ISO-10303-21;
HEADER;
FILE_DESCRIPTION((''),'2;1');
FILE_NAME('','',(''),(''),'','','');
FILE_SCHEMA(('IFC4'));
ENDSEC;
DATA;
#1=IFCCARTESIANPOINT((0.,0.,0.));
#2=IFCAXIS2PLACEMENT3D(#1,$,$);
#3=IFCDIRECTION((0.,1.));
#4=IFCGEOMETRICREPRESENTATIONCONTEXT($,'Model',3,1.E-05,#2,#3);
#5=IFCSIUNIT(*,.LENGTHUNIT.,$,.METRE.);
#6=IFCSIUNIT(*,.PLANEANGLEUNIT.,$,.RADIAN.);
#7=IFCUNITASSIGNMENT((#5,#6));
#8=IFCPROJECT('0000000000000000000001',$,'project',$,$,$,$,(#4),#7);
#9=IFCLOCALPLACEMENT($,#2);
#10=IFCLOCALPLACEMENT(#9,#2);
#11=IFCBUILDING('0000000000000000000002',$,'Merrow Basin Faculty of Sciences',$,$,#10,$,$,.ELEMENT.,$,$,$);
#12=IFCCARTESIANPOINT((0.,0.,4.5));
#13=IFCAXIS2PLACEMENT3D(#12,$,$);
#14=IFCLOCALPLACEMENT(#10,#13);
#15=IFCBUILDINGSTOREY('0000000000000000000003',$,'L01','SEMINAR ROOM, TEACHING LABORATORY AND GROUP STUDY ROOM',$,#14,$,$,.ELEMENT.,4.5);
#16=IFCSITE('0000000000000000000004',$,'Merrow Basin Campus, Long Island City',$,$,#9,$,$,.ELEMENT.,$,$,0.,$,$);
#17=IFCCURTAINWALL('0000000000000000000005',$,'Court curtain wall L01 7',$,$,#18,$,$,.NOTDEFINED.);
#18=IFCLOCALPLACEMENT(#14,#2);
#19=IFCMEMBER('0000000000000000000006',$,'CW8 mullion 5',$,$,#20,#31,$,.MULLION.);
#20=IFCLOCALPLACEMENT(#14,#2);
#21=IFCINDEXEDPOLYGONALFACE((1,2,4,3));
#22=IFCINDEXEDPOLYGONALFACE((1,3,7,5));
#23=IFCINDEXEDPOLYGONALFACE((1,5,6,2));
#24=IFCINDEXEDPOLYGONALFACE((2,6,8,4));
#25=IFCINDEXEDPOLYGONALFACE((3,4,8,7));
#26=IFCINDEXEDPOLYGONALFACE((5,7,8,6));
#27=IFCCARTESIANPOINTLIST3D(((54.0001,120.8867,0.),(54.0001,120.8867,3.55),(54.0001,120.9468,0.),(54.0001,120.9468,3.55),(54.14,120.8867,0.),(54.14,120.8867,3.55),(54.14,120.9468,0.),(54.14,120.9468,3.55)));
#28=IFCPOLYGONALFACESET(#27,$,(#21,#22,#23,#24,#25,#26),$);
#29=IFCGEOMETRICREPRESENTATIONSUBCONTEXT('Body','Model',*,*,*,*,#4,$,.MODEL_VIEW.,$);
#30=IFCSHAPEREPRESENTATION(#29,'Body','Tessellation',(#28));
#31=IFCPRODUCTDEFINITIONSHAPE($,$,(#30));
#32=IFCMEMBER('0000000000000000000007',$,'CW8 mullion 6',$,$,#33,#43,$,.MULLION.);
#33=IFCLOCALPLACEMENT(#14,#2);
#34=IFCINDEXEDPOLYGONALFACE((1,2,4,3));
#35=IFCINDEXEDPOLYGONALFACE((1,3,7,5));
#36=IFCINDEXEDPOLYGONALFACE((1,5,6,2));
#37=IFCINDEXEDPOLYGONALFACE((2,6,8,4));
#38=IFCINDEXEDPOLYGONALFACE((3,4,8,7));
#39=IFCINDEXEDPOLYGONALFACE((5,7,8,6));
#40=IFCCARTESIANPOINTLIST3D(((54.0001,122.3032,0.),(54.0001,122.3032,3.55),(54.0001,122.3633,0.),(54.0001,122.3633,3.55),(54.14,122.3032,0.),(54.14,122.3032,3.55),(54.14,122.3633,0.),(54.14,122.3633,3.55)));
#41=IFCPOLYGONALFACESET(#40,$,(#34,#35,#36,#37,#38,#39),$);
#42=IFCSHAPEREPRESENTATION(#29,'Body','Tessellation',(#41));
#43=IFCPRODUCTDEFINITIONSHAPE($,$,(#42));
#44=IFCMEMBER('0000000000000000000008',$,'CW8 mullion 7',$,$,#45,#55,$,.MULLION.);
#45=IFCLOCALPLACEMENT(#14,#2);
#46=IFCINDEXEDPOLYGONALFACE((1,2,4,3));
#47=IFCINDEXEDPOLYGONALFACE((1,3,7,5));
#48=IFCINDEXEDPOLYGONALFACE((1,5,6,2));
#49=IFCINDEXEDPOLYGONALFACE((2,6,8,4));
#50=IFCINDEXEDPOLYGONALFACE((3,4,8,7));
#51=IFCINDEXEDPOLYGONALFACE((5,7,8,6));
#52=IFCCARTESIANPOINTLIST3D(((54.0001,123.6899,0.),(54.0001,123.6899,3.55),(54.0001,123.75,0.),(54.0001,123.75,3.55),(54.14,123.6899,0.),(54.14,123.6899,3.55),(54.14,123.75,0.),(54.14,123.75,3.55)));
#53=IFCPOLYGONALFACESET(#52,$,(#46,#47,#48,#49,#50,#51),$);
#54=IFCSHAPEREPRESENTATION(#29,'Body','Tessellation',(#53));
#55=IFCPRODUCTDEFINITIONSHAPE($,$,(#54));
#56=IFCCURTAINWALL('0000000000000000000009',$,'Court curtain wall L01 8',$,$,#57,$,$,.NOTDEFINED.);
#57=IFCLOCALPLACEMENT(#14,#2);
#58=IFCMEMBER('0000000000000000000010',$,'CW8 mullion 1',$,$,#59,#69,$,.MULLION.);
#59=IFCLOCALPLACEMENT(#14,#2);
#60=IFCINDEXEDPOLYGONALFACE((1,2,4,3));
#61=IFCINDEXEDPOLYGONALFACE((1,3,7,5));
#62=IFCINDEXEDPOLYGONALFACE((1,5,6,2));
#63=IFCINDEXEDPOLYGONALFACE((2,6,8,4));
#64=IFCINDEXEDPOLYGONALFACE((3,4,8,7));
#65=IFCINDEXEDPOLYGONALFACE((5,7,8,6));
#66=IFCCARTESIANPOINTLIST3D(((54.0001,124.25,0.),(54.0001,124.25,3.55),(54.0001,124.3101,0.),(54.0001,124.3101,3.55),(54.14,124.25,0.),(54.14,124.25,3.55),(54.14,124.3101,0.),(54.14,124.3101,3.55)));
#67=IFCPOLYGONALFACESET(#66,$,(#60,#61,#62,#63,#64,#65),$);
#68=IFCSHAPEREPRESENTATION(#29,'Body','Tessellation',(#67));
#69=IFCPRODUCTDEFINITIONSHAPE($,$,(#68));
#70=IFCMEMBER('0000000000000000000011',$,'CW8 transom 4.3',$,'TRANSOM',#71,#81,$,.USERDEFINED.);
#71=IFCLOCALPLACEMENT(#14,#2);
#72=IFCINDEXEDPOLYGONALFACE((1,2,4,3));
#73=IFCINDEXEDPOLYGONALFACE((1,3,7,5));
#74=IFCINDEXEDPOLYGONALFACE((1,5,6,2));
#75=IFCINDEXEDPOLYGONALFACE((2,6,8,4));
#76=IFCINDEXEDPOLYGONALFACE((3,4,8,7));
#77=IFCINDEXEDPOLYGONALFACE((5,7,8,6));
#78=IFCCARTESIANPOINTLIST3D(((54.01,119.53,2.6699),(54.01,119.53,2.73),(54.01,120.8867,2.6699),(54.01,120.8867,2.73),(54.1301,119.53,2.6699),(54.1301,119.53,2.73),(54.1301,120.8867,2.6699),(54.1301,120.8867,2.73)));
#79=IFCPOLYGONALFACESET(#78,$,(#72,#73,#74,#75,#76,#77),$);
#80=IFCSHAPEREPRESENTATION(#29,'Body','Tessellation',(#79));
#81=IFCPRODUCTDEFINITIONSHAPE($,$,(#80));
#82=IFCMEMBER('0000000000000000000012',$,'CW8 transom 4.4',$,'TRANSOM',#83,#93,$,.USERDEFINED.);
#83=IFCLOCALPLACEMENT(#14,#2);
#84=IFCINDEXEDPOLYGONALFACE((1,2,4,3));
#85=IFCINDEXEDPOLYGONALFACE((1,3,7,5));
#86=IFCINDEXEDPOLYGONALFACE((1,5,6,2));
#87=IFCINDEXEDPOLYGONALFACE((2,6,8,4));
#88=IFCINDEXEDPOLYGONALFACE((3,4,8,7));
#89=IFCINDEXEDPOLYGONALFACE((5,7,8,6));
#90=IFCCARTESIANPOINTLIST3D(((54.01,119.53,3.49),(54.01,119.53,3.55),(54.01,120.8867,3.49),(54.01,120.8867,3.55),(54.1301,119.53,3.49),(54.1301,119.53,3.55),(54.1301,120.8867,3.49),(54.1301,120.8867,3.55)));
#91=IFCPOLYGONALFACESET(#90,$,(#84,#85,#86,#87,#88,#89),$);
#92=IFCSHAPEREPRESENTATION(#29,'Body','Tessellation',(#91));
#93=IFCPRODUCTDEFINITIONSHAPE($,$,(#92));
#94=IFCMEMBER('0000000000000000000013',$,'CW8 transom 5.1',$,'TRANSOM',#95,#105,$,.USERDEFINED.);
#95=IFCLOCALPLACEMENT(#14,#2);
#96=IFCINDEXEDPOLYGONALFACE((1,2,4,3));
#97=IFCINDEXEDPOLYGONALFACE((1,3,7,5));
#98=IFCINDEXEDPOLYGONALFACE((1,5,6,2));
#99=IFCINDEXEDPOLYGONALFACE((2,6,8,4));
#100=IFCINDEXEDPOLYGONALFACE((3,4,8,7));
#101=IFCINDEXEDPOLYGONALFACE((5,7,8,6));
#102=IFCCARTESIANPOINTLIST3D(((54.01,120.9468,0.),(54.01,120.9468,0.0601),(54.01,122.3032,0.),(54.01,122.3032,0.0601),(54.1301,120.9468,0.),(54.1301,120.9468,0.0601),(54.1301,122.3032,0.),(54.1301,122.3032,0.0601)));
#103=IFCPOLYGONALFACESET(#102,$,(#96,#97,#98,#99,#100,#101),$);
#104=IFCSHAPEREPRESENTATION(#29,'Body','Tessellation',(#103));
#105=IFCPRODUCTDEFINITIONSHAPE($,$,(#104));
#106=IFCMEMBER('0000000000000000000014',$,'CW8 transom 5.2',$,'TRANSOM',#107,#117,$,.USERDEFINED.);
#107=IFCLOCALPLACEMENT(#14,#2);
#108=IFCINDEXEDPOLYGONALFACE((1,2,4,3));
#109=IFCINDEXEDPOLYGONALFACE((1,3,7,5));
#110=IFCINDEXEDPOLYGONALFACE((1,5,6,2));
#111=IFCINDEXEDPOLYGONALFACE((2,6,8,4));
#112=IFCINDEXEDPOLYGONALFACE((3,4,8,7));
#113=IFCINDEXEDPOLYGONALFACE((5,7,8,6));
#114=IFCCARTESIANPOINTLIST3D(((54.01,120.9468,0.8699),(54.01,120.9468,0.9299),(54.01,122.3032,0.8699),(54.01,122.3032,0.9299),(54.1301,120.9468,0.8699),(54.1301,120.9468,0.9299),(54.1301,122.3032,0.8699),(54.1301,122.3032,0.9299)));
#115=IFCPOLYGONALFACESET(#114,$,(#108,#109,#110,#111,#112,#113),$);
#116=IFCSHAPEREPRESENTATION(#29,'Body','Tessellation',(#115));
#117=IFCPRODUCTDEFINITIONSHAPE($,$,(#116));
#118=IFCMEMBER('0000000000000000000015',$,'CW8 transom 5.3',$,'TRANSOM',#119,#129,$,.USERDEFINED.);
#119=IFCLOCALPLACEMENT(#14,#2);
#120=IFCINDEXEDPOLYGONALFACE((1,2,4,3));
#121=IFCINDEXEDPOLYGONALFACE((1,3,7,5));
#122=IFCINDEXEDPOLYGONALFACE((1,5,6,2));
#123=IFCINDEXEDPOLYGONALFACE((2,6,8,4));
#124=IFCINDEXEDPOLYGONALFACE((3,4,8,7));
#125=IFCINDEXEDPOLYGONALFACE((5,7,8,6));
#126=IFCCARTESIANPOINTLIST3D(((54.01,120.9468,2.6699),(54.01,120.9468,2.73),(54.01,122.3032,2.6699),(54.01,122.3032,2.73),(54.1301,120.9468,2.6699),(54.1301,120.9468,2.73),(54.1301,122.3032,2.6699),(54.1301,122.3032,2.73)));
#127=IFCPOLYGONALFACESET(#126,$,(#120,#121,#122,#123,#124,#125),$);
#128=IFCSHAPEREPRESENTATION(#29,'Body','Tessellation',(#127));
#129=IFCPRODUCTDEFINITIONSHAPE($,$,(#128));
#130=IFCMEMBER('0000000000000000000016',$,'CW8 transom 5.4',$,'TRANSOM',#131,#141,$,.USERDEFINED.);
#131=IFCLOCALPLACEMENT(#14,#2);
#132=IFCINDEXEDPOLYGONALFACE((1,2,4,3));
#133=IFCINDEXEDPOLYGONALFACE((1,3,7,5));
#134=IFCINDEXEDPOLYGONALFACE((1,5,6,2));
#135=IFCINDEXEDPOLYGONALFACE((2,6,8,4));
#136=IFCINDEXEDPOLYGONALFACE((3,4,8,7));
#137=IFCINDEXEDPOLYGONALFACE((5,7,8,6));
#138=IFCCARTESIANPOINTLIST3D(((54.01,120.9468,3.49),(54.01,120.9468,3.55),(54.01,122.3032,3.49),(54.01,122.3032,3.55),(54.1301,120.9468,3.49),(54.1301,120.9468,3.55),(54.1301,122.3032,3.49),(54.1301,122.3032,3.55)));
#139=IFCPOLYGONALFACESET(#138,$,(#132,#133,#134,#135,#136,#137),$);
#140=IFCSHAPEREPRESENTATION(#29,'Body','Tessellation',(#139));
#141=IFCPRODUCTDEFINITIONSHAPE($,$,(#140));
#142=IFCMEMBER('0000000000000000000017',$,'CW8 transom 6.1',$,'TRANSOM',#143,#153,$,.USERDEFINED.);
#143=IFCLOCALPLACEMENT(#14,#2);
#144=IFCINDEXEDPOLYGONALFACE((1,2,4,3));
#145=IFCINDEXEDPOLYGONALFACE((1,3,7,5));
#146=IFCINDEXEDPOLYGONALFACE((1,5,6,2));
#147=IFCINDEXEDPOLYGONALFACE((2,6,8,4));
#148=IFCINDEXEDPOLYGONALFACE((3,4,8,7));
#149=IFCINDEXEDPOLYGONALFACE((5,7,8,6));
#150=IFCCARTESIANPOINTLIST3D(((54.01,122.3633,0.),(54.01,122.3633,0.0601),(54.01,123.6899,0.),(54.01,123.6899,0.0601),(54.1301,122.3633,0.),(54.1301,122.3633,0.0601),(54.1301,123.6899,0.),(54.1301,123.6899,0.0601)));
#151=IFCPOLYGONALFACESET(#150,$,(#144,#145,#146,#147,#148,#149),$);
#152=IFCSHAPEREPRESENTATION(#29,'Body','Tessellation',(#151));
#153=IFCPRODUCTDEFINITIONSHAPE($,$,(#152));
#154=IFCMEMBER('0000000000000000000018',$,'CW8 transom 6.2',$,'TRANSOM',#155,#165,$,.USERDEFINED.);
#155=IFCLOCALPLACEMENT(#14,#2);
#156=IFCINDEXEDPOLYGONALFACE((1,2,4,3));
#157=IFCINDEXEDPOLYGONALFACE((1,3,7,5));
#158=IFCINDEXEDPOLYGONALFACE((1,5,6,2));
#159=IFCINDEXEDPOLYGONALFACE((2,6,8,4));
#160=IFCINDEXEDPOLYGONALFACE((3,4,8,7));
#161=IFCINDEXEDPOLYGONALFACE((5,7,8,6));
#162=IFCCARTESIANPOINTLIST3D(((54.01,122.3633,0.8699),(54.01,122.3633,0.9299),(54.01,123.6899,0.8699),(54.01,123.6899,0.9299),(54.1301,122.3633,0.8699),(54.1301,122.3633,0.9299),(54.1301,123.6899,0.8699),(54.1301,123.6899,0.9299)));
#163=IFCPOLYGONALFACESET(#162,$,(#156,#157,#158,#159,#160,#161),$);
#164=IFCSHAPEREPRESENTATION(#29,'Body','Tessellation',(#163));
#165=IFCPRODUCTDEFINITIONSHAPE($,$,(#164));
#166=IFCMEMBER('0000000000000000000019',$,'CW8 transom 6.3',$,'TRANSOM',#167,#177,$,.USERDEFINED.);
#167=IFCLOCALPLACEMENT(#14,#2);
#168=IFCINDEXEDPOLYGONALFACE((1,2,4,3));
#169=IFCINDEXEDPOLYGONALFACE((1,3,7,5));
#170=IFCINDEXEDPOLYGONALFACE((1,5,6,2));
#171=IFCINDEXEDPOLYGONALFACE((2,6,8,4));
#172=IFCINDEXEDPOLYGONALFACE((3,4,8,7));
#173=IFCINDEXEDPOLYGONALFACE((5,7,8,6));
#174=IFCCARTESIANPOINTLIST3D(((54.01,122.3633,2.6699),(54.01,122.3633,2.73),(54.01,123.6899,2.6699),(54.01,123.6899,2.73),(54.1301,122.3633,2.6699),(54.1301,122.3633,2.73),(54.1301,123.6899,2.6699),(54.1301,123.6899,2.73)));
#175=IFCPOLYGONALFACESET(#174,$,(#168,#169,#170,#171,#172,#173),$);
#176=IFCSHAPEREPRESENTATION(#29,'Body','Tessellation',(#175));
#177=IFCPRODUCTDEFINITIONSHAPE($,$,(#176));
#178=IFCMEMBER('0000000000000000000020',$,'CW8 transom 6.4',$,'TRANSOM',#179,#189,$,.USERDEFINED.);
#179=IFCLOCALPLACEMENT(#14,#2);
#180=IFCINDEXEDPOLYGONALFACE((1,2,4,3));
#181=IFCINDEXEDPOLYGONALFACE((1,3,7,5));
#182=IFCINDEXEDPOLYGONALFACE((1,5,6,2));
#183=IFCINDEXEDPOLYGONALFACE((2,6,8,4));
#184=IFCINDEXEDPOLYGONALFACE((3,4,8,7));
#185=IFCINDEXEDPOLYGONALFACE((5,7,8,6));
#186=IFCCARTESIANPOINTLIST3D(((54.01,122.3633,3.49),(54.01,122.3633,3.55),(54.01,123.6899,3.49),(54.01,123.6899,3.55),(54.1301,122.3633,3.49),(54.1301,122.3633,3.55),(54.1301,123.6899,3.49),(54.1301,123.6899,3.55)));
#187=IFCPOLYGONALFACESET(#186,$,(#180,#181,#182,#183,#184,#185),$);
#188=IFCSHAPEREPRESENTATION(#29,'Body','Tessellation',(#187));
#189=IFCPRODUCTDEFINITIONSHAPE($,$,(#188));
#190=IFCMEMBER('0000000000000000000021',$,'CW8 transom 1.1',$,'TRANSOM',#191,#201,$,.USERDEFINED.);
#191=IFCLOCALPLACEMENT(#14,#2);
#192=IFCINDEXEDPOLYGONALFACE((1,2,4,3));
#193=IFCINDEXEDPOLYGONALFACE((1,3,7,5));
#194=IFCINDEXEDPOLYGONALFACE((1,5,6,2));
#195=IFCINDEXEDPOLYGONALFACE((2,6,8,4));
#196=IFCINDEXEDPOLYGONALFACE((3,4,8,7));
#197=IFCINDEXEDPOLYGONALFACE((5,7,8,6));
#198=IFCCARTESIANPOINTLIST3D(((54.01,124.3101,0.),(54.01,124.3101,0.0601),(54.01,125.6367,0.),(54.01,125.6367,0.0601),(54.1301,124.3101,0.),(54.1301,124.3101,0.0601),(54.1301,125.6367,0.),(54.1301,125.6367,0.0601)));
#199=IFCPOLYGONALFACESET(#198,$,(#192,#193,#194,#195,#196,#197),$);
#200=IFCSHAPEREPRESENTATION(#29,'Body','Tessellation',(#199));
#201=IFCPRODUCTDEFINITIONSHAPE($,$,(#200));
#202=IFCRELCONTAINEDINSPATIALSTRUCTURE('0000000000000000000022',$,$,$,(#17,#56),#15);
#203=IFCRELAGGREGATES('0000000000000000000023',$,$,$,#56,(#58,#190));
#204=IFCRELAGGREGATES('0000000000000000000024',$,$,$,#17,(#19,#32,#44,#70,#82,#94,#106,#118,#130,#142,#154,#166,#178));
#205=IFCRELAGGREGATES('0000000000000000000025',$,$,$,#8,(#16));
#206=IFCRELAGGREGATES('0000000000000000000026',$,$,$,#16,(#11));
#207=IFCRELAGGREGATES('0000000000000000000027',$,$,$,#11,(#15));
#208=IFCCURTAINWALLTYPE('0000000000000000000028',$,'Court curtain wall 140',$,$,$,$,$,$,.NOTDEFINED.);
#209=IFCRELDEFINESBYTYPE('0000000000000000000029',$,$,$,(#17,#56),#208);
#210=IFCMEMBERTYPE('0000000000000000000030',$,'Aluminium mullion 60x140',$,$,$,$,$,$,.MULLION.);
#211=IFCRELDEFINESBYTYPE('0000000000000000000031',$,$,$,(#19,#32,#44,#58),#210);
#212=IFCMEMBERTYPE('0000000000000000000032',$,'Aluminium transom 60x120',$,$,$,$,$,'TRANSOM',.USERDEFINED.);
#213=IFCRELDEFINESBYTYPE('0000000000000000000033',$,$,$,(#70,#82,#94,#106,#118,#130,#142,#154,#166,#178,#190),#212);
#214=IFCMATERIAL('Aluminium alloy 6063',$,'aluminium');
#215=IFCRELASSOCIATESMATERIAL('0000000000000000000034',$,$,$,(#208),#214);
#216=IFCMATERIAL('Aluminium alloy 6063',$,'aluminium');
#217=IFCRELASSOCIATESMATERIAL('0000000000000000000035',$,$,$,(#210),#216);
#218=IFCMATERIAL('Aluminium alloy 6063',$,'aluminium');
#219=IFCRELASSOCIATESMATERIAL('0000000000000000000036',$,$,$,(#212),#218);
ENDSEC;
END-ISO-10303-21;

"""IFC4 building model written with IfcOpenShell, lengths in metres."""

from ifc_helpers import new_model, si_unit, direction, frame, origin, origin_2d, place, context, subcontext, project, spatial, rectangle, extrude, material, material_profile, profile_set, type_object, element, aggregate, save


model = new_model("IFC4")

# Units and contexts
model_context = context("Model", 3, precision=1e-05, world=origin(), true_north=direction((0.0, 1.0)))
body_context = subcontext(model_context, "Body", "Model", "MODEL_VIEW")
ifc_project = project(units=[si_unit("LENGTHUNIT", "METRE"), si_unit("PLANEANGLEUNIT", "RADIAN")], contexts=[model_context])

# Site, building, storey
site_placement = place(None, origin())
site = spatial("IfcSite", under=ifc_project, at=site_placement, Name="Merrow Basin Campus, Long Island City", CompositionType="ELEMENT", RefElevation=0.0)
building_placement = place(site_placement, origin())
building = spatial("IfcBuilding", under=site, at=building_placement, Name="Merrow Basin Faculty of Sciences", CompositionType="ELEMENT")
storey_placement = place(building_placement, frame((0.0, 0.0, 4.5)))
storey = spatial("IfcBuildingStorey", under=building, at=storey_placement, Name="L01", Description="SEMINAR ROOM, TEACHING LABORATORY AND GROUP STUDY ROOM", CompositionType="ELEMENT", Elevation=4.5)

# Curtain wall, members
ifc_material_1 = material(Name="Aluminium alloy 6063", Category="aluminium")
curtain_wall_type = type_object("IfcCurtainWallType", Name="Court curtain wall 140", PredefinedType="NOTDEFINED", material=ifc_material_1)
curtain_wall_1_placement = place(storey_placement, origin())
curtain_wall_1 = element("IfcCurtainWall", 1, at=curtain_wall_1_placement, inside=storey, type_object=curtain_wall_type, Name="Court curtain wall L01 7", PredefinedType="NOTDEFINED")
ifc_material_2 = material(Name="Aluminium alloy 6063", Category="aluminium")
ifc_material_profile_1 = material_profile(ifc_material_2, rectangle(XDim=0.1399, YDim=0.0601, at=origin_2d()))
ifc_profile_set_1 = profile_set([ifc_material_profile_1], Name="Aluminium alloy 6063")
member_type_1 = type_object("IfcMemberType", Name="Aluminium mullion 60x140", PredefinedType="MULLION", material=ifc_profile_set_1)
member_1_placement = place(storey_placement, frame((54.0701, 120.9167, 0.0), z_axis=(0.0, 0.0, 1.0), x_axis=(-1.0, 0.0, 0.0)))
member_1 = element("IfcMember", 2, at=member_1_placement, type_object=member_type_1, Name="CW8 mullion 5", PredefinedType="MULLION", context=body_context, shape_type="SweptSolid", body=[
    extrude(rectangle(XDim=0.1399, YDim=0.0601, at=origin_2d()), origin(), (0.0, 0.0, 1.0), 3.55),
])
member_2_placement = place(storey_placement, frame((54.0701, 122.3333, 0.0), z_axis=(0.0, 0.0, 1.0), x_axis=(-1.0, 0.0, 0.0)))
member_2 = element("IfcMember", 3, at=member_2_placement, type_object=member_type_1, Name="CW8 mullion 6", PredefinedType="MULLION", context=body_context, shape_type="SweptSolid", body=[
    extrude(rectangle(XDim=0.1399, YDim=0.0601, at=origin_2d()), origin(), (0.0, 0.0, 1.0), 3.55),
])
member_3_placement = place(storey_placement, frame((54.0701, 123.72, 0.0), z_axis=(0.0, 0.0, 1.0), x_axis=(-1.0, 0.0, 0.0)))
member_3 = element("IfcMember", 4, at=member_3_placement, type_object=member_type_1, Name="CW8 mullion 7", PredefinedType="MULLION", context=body_context, shape_type="SweptSolid", body=[
    extrude(rectangle(XDim=0.1399, YDim=0.0601, at=origin_2d()), origin(), (0.0, 0.0, 1.0), 3.55),
])

# Curtain wall, member
curtain_wall_2_placement = place(storey_placement, origin())
curtain_wall_2 = element("IfcCurtainWall", 5, at=curtain_wall_2_placement, inside=storey, type_object=curtain_wall_type, Name="Court curtain wall L01 8", PredefinedType="NOTDEFINED")
member_4_placement = place(storey_placement, frame((54.0701, 124.28, 0.0), z_axis=(0.0, 0.0, 1.0), x_axis=(-1.0, 0.0, 0.0)))
member_4 = element("IfcMember", 6, at=member_4_placement, type_object=member_type_1, Name="CW8 mullion 1", PredefinedType="MULLION", context=body_context, shape_type="SweptSolid", body=[
    extrude(rectangle(XDim=0.1399, YDim=0.0601, at=origin_2d()), origin(), (0.0, 0.0, 1.0), 3.55),
])

# Members
ifc_material_3 = material(Name="Aluminium alloy 6063", Category="aluminium")
ifc_material_profile_2 = material_profile(ifc_material_3, rectangle(XDim=0.1201, YDim=0.0601, at=origin_2d()))
ifc_profile_set_2 = profile_set([ifc_material_profile_2], Name="Aluminium alloy 6063")
member_type_2 = type_object("IfcMemberType", Name="Aluminium transom 60x120", ElementType="TRANSOM", PredefinedType="USERDEFINED", material=ifc_profile_set_2)
member_5_placement = place(storey_placement, frame((54.0701, 119.53, 2.7), z_axis=(0.0, 1.0, 0.0), x_axis=(-1.0, 0.0, 0.0)))
member_5 = element("IfcMember", 7, at=member_5_placement, type_object=member_type_2, Name="CW8 transom 4.3", ObjectType="TRANSOM", PredefinedType="USERDEFINED", context=body_context, shape_type="SweptSolid", body=[
    extrude(rectangle(XDim=0.1201, YDim=0.0601, at=origin_2d()), origin(), (0.0, 0.0, 1.0), 1.3567),
])
member_6_placement = place(storey_placement, frame((54.0701, 119.53, 3.52), z_axis=(0.0, 1.0, 0.0), x_axis=(-1.0, 0.0, 0.0)))
member_6 = element("IfcMember", 8, at=member_6_placement, type_object=member_type_2, Name="CW8 transom 4.4", ObjectType="TRANSOM", PredefinedType="USERDEFINED", context=body_context, shape_type="SweptSolid", body=[
    extrude(rectangle(XDim=0.1201, YDim=0.0601, at=origin_2d()), origin(), (0.0, 0.0, 1.0), 1.3567),
])
member_7_placement = place(storey_placement, frame((54.0701, 120.9468, 0.03), z_axis=(0.0, 1.0, 0.0), x_axis=(-1.0, 0.0, 0.0)))
member_7 = element("IfcMember", 9, at=member_7_placement, type_object=member_type_2, Name="CW8 transom 5.1", ObjectType="TRANSOM", PredefinedType="USERDEFINED", context=body_context, shape_type="SweptSolid", body=[
    extrude(rectangle(XDim=0.1201, YDim=0.0601, at=origin_2d()), origin(), (0.0, 0.0, 1.0), 1.3564),
])
member_8_placement = place(storey_placement, frame((54.0701, 120.9468, 0.8999), z_axis=(0.0, 1.0, 0.0), x_axis=(-1.0, 0.0, 0.0)))
member_8 = element("IfcMember", 10, at=member_8_placement, type_object=member_type_2, Name="CW8 transom 5.2", ObjectType="TRANSOM", PredefinedType="USERDEFINED", context=body_context, shape_type="SweptSolid", body=[
    extrude(rectangle(XDim=0.1201, YDim=0.0601, at=origin_2d()), origin(), (0.0, 0.0, 1.0), 1.3564),
])
member_9_placement = place(storey_placement, frame((54.0701, 120.9468, 2.7), z_axis=(0.0, 1.0, 0.0), x_axis=(-1.0, 0.0, 0.0)))
member_9 = element("IfcMember", 11, at=member_9_placement, type_object=member_type_2, Name="CW8 transom 5.3", ObjectType="TRANSOM", PredefinedType="USERDEFINED", context=body_context, shape_type="SweptSolid", body=[
    extrude(rectangle(XDim=0.1201, YDim=0.0601, at=origin_2d()), origin(), (0.0, 0.0, 1.0), 1.3564),
])
member_10_placement = place(storey_placement, frame((54.0701, 120.9468, 3.52), z_axis=(0.0, 1.0, 0.0), x_axis=(-1.0, 0.0, 0.0)))
member_10 = element("IfcMember", 12, at=member_10_placement, type_object=member_type_2, Name="CW8 transom 5.4", ObjectType="TRANSOM", PredefinedType="USERDEFINED", context=body_context, shape_type="SweptSolid", body=[
    extrude(rectangle(XDim=0.1201, YDim=0.0601, at=origin_2d()), origin(), (0.0, 0.0, 1.0), 1.3564),
])
member_11_placement = place(storey_placement, frame((54.0701, 122.3633, 0.03), z_axis=(0.0, 1.0, 0.0), x_axis=(-1.0, 0.0, 0.0)))
member_11 = element("IfcMember", 13, at=member_11_placement, type_object=member_type_2, Name="CW8 transom 6.1", ObjectType="TRANSOM", PredefinedType="USERDEFINED", context=body_context, shape_type="SweptSolid", body=[
    extrude(rectangle(XDim=0.1201, YDim=0.0601, at=origin_2d()), origin(), (0.0, 0.0, 1.0), 1.3267),
])
member_12_placement = place(storey_placement, frame((54.0701, 122.3633, 0.8999), z_axis=(0.0, 1.0, 0.0), x_axis=(-1.0, 0.0, 0.0)))
member_12 = element("IfcMember", 14, at=member_12_placement, type_object=member_type_2, Name="CW8 transom 6.2", ObjectType="TRANSOM", PredefinedType="USERDEFINED", context=body_context, shape_type="SweptSolid", body=[
    extrude(rectangle(XDim=0.1201, YDim=0.0601, at=origin_2d()), origin(), (0.0, 0.0, 1.0), 1.3267),
])
member_13_placement = place(storey_placement, frame((54.0701, 122.3633, 2.7), z_axis=(0.0, 1.0, 0.0), x_axis=(-1.0, 0.0, 0.0)))
member_13 = element("IfcMember", 15, at=member_13_placement, type_object=member_type_2, Name="CW8 transom 6.3", ObjectType="TRANSOM", PredefinedType="USERDEFINED", context=body_context, shape_type="SweptSolid", body=[
    extrude(rectangle(XDim=0.1201, YDim=0.0601, at=origin_2d()), origin(), (0.0, 0.0, 1.0), 1.3267),
])
member_14_placement = place(storey_placement, frame((54.0701, 122.3633, 3.52), z_axis=(0.0, 1.0, 0.0), x_axis=(-1.0, 0.0, 0.0)))
member_14 = element("IfcMember", 16, at=member_14_placement, type_object=member_type_2, Name="CW8 transom 6.4", ObjectType="TRANSOM", PredefinedType="USERDEFINED", context=body_context, shape_type="SweptSolid", body=[
    extrude(rectangle(XDim=0.1201, YDim=0.0601, at=origin_2d()), origin(), (0.0, 0.0, 1.0), 1.3267),
])
member_15_placement = place(storey_placement, frame((54.0701, 124.3101, 0.03), z_axis=(0.0, 1.0, 0.0), x_axis=(-1.0, 0.0, 0.0)))
member_15 = element("IfcMember", 17, at=member_15_placement, type_object=member_type_2, Name="CW8 transom 1.1", ObjectType="TRANSOM", PredefinedType="USERDEFINED", context=body_context, shape_type="SweptSolid", body=[
    extrude(rectangle(XDim=0.1201, YDim=0.0601, at=origin_2d()), origin(), (0.0, 0.0, 1.0), 1.3267),
])
aggregate(curtain_wall_2, [member_4, member_15])

aggregate(curtain_wall_1, [member_1, member_2, member_3, member_5, member_6, member_7, member_8, member_9, member_10, member_11, member_12, member_13, member_14])

save(model, "model.ifc")
